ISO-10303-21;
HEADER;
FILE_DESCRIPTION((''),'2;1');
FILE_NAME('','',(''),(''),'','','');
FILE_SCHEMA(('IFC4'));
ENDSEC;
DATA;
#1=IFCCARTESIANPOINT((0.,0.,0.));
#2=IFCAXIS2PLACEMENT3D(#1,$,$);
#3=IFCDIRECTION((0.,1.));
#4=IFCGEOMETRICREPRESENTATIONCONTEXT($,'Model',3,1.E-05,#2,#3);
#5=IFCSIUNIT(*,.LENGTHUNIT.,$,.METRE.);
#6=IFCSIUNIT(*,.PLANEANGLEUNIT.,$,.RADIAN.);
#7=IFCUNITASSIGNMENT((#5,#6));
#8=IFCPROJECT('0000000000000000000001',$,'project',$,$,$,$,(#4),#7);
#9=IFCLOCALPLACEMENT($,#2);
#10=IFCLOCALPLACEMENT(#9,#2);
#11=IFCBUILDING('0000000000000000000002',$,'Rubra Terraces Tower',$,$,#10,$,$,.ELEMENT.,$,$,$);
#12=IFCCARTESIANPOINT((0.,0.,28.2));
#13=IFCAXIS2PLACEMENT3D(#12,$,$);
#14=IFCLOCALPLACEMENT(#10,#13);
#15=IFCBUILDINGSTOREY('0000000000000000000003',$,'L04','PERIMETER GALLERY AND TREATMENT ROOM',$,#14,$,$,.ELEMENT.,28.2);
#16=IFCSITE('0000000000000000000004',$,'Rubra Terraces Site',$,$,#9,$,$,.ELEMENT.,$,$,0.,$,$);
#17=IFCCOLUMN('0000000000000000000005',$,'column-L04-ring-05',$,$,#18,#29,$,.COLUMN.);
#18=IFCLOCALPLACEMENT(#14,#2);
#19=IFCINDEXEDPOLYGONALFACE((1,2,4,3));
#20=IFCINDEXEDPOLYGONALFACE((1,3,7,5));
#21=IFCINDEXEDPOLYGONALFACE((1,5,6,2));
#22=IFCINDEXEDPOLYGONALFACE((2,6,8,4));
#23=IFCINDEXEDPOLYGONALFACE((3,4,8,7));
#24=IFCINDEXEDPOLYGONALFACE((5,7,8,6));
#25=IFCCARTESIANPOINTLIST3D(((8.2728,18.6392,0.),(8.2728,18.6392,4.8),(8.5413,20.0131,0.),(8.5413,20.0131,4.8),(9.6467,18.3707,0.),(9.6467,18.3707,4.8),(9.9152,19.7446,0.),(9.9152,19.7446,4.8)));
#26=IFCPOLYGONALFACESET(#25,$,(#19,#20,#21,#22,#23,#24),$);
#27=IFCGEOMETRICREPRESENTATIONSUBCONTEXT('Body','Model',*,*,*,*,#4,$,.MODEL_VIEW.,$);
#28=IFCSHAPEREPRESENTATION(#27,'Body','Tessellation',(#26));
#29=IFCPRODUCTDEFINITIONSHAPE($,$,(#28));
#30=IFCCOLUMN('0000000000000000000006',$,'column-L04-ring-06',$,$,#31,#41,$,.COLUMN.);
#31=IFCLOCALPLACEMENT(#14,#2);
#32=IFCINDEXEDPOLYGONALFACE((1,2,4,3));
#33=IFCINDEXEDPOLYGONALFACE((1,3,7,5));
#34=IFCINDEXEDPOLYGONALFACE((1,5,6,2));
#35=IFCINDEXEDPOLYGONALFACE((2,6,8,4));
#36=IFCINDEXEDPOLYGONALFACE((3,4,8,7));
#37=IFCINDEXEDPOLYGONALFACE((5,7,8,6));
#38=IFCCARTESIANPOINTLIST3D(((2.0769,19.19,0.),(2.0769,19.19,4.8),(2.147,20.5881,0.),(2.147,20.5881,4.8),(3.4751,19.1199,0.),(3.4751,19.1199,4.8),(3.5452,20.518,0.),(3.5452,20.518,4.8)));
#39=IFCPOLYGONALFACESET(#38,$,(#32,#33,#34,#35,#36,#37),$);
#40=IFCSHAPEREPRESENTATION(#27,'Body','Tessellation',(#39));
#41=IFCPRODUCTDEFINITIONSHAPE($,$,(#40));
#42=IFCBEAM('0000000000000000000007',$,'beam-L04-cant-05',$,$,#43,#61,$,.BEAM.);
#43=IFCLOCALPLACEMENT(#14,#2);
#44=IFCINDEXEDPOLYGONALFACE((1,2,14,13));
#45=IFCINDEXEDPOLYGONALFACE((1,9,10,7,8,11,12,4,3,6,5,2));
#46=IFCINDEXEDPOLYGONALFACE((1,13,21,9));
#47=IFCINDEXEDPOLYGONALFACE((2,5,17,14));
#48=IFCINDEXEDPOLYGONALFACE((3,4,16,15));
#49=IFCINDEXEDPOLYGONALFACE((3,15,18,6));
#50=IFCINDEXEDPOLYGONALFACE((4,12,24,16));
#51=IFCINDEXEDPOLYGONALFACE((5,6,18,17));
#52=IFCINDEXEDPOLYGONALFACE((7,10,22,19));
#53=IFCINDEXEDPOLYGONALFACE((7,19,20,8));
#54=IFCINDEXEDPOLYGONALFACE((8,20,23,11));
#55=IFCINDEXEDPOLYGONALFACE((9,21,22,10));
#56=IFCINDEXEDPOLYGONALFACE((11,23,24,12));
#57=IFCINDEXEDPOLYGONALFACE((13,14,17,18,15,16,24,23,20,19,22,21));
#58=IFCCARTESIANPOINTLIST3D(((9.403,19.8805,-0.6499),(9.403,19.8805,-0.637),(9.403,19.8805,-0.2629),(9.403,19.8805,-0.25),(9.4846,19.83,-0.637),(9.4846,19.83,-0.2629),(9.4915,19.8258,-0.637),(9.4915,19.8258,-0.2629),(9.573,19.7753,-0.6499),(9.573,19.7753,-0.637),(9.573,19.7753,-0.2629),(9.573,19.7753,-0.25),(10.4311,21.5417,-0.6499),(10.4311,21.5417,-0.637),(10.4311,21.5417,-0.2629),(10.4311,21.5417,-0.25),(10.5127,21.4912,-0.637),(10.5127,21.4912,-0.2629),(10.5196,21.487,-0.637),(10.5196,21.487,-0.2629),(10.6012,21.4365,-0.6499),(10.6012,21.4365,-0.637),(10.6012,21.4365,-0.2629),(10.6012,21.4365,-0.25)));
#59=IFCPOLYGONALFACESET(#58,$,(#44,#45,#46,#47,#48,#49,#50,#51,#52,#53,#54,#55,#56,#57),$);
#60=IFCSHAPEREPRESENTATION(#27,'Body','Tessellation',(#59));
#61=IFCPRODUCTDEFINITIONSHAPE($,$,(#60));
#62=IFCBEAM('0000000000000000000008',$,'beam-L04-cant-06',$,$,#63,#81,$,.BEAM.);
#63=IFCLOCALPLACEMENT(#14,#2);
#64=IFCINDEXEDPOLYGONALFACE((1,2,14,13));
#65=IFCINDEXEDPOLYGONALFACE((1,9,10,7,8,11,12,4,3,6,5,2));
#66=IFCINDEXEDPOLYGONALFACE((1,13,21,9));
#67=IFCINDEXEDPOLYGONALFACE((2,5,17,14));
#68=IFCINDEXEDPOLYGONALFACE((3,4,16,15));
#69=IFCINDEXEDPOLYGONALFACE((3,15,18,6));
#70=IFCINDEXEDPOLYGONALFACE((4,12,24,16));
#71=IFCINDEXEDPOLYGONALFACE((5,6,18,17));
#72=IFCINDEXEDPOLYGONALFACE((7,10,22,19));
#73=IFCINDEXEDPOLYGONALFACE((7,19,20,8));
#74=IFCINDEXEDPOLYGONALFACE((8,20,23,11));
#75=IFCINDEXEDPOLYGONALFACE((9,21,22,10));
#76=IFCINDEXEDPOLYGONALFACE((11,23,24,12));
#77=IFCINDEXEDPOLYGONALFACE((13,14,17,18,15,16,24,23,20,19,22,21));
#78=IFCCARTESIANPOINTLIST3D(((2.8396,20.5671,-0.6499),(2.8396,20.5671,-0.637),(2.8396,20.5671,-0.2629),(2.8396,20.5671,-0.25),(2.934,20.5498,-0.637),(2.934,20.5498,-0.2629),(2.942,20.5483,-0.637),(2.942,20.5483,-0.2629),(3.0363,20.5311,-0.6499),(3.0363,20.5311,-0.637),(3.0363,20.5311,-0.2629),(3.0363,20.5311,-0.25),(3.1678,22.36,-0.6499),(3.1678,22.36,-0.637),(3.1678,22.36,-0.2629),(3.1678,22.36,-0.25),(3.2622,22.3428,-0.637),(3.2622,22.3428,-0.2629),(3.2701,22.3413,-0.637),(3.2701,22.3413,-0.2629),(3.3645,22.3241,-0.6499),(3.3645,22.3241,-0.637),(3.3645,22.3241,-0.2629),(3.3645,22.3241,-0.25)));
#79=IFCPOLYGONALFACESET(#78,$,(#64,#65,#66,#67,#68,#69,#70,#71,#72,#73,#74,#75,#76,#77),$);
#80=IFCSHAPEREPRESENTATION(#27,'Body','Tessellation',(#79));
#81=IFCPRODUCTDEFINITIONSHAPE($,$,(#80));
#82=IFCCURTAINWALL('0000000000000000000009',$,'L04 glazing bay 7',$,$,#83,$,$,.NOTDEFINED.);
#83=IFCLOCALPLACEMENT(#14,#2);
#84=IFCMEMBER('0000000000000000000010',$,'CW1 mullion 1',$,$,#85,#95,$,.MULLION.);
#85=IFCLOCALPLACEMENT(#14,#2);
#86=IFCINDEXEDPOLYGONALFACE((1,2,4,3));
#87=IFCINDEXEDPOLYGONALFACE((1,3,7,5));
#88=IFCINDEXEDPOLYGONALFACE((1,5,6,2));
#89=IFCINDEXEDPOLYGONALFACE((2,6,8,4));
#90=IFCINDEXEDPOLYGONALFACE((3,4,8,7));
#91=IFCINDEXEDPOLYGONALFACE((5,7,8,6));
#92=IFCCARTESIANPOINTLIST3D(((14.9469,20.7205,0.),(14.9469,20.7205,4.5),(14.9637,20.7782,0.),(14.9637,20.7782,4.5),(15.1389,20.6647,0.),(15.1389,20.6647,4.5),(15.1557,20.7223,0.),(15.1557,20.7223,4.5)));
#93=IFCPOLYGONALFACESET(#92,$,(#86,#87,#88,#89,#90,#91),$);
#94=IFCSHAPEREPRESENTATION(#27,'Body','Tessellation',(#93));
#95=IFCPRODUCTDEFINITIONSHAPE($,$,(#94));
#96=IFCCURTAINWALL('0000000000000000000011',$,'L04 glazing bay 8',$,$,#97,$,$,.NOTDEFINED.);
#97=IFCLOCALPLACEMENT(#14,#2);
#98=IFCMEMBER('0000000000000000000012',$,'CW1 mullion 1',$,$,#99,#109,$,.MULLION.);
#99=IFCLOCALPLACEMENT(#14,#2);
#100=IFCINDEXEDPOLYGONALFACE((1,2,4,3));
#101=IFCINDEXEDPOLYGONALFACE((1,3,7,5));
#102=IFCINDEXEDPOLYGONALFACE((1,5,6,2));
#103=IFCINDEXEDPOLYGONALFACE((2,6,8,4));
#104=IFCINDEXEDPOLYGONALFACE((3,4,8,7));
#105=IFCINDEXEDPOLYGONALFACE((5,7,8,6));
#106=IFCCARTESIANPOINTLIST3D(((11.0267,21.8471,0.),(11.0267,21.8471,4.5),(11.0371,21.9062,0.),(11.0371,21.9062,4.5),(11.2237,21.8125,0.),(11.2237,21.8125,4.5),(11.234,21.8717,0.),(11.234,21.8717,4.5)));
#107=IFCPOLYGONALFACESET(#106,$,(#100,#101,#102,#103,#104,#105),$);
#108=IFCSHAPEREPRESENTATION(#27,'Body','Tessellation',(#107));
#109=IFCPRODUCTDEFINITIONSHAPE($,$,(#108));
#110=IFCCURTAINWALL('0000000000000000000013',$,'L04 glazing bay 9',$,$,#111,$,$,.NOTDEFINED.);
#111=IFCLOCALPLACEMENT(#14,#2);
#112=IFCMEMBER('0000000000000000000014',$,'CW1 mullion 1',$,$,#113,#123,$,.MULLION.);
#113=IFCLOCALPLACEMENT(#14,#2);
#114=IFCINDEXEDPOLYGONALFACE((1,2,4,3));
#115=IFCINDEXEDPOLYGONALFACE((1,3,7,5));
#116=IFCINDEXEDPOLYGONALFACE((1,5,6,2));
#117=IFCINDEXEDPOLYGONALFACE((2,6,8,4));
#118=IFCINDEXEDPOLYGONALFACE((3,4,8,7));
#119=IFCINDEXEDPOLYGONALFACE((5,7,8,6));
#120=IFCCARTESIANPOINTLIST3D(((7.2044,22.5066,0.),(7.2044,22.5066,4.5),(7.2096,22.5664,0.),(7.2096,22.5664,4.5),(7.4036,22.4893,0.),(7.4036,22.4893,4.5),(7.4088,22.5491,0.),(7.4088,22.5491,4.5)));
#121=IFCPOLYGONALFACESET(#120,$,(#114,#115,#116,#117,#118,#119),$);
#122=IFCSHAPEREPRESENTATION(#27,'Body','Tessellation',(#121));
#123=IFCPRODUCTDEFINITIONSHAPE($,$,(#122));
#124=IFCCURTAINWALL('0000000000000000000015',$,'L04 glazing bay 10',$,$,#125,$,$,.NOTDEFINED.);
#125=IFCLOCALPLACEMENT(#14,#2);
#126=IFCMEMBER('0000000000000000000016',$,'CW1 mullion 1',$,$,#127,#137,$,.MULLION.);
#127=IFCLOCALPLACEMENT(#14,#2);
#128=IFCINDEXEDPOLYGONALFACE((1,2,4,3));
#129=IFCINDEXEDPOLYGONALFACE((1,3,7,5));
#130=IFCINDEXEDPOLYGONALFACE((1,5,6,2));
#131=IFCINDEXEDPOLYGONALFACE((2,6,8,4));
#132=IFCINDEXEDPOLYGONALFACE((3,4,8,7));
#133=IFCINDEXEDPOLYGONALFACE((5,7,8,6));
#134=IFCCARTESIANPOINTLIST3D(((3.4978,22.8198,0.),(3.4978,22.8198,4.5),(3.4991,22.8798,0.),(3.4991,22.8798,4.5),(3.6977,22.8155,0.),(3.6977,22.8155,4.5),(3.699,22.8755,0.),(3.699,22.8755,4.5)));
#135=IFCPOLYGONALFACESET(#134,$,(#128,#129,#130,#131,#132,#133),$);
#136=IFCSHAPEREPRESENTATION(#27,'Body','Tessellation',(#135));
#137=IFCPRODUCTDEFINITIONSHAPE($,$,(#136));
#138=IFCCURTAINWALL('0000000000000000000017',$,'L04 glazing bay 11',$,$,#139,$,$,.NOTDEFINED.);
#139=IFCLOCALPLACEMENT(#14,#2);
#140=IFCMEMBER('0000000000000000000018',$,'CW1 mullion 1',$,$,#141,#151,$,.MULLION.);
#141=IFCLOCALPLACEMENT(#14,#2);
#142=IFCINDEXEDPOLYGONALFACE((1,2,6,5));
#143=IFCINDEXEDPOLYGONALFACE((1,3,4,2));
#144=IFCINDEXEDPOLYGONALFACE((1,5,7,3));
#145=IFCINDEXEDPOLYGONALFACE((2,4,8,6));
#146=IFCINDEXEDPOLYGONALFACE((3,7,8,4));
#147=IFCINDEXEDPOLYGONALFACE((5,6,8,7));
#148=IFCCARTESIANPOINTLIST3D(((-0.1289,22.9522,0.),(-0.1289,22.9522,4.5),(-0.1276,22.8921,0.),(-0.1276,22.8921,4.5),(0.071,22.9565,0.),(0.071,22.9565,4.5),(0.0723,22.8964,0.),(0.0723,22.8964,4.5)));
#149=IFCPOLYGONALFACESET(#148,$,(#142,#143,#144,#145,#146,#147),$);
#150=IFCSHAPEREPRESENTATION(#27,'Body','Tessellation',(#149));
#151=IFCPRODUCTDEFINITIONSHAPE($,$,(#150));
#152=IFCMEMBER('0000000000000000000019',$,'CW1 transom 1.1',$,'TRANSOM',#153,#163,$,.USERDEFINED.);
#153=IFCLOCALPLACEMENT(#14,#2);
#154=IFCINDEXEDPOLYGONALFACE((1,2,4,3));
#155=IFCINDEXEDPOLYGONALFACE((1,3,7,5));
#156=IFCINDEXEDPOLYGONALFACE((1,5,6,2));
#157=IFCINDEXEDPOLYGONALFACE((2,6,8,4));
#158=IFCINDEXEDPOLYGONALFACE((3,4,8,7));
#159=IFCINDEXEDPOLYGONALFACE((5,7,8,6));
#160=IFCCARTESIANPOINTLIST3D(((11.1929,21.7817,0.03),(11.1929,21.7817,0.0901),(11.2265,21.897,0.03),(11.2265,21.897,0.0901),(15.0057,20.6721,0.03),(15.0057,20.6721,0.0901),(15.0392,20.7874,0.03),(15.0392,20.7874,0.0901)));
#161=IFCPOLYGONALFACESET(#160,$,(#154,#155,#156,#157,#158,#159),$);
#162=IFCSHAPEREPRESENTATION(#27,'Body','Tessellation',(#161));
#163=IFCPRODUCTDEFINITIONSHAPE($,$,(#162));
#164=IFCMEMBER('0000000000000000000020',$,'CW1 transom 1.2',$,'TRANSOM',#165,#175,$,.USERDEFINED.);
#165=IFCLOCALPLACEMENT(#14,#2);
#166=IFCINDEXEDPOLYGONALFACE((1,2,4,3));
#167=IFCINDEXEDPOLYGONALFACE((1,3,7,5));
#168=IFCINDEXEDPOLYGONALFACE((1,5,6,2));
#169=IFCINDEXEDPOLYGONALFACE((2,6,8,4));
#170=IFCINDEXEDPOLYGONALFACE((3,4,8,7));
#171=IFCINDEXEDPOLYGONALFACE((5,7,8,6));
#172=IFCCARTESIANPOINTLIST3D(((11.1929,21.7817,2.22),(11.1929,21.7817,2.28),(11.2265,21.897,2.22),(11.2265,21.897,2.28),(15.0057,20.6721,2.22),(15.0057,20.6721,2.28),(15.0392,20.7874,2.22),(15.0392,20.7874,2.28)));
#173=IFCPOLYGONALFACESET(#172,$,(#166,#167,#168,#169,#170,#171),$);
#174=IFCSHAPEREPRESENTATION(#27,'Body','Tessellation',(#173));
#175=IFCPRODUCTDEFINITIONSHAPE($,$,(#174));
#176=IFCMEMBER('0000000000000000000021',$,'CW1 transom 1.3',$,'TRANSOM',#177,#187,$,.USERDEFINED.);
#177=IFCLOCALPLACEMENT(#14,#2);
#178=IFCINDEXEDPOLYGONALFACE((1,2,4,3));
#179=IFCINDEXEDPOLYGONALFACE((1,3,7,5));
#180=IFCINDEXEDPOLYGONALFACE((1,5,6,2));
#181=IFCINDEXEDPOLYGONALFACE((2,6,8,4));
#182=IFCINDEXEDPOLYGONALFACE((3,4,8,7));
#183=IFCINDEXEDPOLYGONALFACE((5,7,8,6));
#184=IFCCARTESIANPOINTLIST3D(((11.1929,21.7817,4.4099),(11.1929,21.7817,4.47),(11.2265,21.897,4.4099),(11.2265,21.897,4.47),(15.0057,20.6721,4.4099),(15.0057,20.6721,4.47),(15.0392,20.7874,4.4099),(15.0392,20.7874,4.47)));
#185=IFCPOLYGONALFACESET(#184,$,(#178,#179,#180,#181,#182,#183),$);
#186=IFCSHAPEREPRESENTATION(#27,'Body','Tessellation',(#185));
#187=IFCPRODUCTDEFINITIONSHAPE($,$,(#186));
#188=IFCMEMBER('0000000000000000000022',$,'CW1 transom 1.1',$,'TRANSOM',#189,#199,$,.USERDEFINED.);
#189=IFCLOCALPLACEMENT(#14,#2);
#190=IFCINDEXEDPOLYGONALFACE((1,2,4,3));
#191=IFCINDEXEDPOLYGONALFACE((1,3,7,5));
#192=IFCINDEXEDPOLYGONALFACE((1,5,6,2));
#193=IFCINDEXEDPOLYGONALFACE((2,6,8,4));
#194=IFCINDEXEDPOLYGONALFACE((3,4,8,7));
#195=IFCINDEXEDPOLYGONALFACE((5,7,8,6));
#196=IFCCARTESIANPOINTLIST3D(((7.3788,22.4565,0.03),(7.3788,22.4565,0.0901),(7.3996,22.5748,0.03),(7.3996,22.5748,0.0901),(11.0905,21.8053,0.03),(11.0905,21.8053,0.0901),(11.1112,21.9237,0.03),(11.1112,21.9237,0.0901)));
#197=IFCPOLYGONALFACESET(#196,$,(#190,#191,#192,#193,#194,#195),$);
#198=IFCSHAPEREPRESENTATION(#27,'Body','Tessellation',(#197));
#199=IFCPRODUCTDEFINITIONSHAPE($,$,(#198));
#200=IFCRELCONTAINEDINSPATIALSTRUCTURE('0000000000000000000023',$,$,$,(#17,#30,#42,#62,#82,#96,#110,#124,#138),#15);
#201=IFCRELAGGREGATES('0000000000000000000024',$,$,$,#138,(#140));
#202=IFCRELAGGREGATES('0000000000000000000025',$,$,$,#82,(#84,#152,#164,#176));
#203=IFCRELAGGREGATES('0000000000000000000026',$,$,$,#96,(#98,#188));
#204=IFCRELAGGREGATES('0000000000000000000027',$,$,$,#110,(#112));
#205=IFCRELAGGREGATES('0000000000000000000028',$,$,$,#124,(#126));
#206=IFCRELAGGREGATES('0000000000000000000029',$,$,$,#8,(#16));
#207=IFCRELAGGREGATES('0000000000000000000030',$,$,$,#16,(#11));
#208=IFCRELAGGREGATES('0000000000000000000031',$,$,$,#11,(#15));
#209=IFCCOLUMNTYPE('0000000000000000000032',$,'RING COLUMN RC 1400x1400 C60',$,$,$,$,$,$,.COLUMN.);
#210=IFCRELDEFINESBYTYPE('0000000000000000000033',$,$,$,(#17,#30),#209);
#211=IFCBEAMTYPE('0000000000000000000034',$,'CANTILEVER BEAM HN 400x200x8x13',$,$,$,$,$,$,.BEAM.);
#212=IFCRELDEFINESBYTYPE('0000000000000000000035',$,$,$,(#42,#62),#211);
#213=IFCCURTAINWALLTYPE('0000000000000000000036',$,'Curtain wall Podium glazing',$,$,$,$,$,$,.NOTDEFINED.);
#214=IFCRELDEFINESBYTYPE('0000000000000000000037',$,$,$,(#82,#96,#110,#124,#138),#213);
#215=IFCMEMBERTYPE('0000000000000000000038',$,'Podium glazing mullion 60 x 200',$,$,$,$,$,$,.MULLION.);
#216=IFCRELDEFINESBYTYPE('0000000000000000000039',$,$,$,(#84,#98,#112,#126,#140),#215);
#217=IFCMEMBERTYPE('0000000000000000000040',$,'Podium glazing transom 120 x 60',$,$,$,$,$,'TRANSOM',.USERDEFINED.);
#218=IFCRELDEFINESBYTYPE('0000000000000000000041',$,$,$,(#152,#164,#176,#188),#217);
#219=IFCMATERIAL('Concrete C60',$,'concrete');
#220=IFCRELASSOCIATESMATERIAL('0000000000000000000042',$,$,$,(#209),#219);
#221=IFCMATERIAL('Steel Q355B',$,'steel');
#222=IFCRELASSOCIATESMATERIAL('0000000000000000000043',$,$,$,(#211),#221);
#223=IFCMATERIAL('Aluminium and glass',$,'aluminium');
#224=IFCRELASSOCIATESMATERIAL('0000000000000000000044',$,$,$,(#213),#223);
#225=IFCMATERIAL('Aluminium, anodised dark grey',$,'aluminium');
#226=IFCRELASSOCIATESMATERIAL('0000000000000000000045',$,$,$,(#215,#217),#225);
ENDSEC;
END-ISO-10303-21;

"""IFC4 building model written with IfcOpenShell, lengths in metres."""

from ifc_helpers import new_model, si_unit, direction, frame, origin, origin_2d, place, context, subcontext, project, spatial, rectangle, i_section, extrude, material, material_profile, profile_set, type_object, element, aggregate, save


model = new_model("IFC4")

# Units and contexts
model_context = context("Model", 3, precision=1e-05, world=origin(), true_north=direction((0.0, 1.0)))
body_context = subcontext(model_context, "Body", "Model", "MODEL_VIEW")
ifc_project = project(units=[si_unit("LENGTHUNIT", "METRE"), si_unit("PLANEANGLEUNIT", "RADIAN")], contexts=[model_context])

# Site, building, storey
site_placement = place(None, origin())
site = spatial("IfcSite", under=ifc_project, at=site_placement, Name="Rubra Terraces Site", CompositionType="ELEMENT", RefElevation=0.0)
building_placement = place(site_placement, origin())
building = spatial("IfcBuilding", under=site, at=building_placement, Name="Rubra Terraces Tower", CompositionType="ELEMENT")
storey_placement = place(building_placement, frame((0.0, 0.0, 28.2)))
storey = spatial("IfcBuildingStorey", under=building, at=storey_placement, Name="L04", Description="PERIMETER GALLERY AND TREATMENT ROOM", CompositionType="ELEMENT", Elevation=28.2)

# Columns
ifc_material_1 = material(Name="Concrete C60", Category="concrete")
ifc_material_profile_1 = material_profile(ifc_material_1, rectangle(XDim=1.3999, YDim=1.3999, at=origin_2d()), Name="RC 1400x1400")
ifc_profile_set_1 = profile_set([ifc_material_profile_1], Name="Concrete C60")
column_type = type_object("IfcColumnType", Name="RING COLUMN RC 1400x1400 C60", PredefinedType="COLUMN", material=ifc_profile_set_1)
for number, where, z_axis, x_axis, name in (
    (1, (9.094, 19.1919, 0.0), (0.0, 0.0, 1.0), (-0.98143, 0.191819, 0.0), "column-L04-ring-05"),
    (2, (2.811, 19.854, 0.0), (0.0, 0.0, 1.0), (-0.998745, 0.050084, 0.0), "column-L04-ring-06"),
):
    element("IfcColumn", number, at=place(storey_placement, frame(where, z_axis=z_axis, x_axis=x_axis)), inside=storey, type_object=column_type, Name=name, PredefinedType="COLUMN", context=body_context, shape_type="SweptSolid", body=[
        extrude(rectangle(XDim=1.3999, YDim=1.3999, at=origin_2d()), origin(), (0.0, 0.0, 1.0), 4.8),
    ])

# Beams
ifc_material_2 = material(Name="Steel Q355B", Category="steel")
ifc_material_profile_2 = material_profile(ifc_material_2, i_section(OverallWidth=0.2, OverallDepth=0.3999, WebThickness=0.0081, FlangeThickness=0.0129, at=origin_2d()), Name="HN 400x200x8x13")
ifc_profile_set_2 = profile_set([ifc_material_profile_2], Name="Steel Q355B")
beam_type_1 = type_object("IfcBeamType", Name="CANTILEVER BEAM HN 400x200x8x13", PredefinedType="BEAM", material=ifc_profile_set_2)
beam_1_placement = place(storey_placement, frame((9.488, 19.8279, -0.45), z_axis=(0.526264, 0.850321, 0.0), x_axis=(-0.850321, 0.526264, 0.0)))
element("IfcBeam", 3, at=beam_1_placement, inside=storey, type_object=beam_type_1, Name="beam-L04-cant-05", PredefinedType="BEAM", context=body_context, shape_type="SweptSolid", body=[
    extrude(i_section(OverallWidth=0.2, OverallDepth=0.3999, WebThickness=0.0081, FlangeThickness=0.0129, at=origin_2d()), origin(), (0.0, 0.0, 1.0), 1.9536),
])
beam_2_placement = place(storey_placement, frame((2.938, 20.5491, -0.45), z_axis=(0.180017, 0.983664, 0.0), x_axis=(-0.983664, 0.180017, 0.0)))
element("IfcBeam", 4, at=beam_2_placement, inside=storey, type_object=beam_type_1, Name="beam-L04-cant-06", PredefinedType="BEAM", context=body_context, shape_type="SweptSolid", body=[
    extrude(i_section(OverallWidth=0.2, OverallDepth=0.3999, WebThickness=0.0081, FlangeThickness=0.0129, at=origin_2d()), origin(), (0.0, 0.0, 1.0), 1.8228),
])

# Curtain walls, members
ifc_material_3 = material(Name="Aluminium and glass", Category="aluminium")
curtain_wall_type = type_object("IfcCurtainWallType", Name="Curtain wall Podium glazing", PredefinedType="NOTDEFINED", material=ifc_material_3)
curtain_wall_1_placement = place(storey_placement, origin())
curtain_wall_1 = element("IfcCurtainWall", 5, at=curtain_wall_1_placement, inside=storey, type_object=curtain_wall_type, Name="L04 glazing bay 7", PredefinedType="NOTDEFINED")
ifc_material_4 = material(Name="Aluminium, anodised dark grey", Category="aluminium")
ifc_material_profile_3 = material_profile(ifc_material_4, rectangle(XDim=0.0601, YDim=0.2, at=origin_2d()), Name="AL 60x200")
ifc_profile_set_3 = profile_set([ifc_material_profile_3], Name="Aluminium, anodised dark grey")
member_type_1 = type_object("IfcMemberType", Name="Podium glazing mullion 60 x 200", PredefinedType="MULLION", material=ifc_profile_set_3)
member_1_placement = place(storey_placement, frame((15.0513, 20.7214, 0.0), z_axis=(0.0, 0.0, 1.0), x_axis=(-0.279399, -0.960175, 0.0)))
member_1 = element("IfcMember", 6, at=member_1_placement, type_object=member_type_1, Name="CW1 mullion 1", PredefinedType="MULLION", context=body_context, shape_type="SweptSolid", body=[
    extrude(rectangle(XDim=0.0601, YDim=0.2, at=origin_2d()), origin(), (0.0, 0.0, 1.0), 4.5),
])
curtain_wall_2_placement = place(storey_placement, origin())
curtain_wall_2 = element("IfcCurtainWall", 7, at=curtain_wall_2_placement, inside=storey, type_object=curtain_wall_type, Name="L04 glazing bay 8", PredefinedType="NOTDEFINED")
member_2_placement = place(storey_placement, frame((11.1304, 21.8594, 0.0), z_axis=(0.0, 0.0, 1.0), x_axis=(-0.172817, -0.984954, 0.0)))
member_2 = element("IfcMember", 8, at=member_2_placement, type_object=member_type_1, Name="CW1 mullion 1", PredefinedType="MULLION", context=body_context, shape_type="SweptSolid", body=[
    extrude(rectangle(XDim=0.0601, YDim=0.2, at=origin_2d()), origin(), (0.0, 0.0, 1.0), 4.5),
])
curtain_wall_3_placement = place(storey_placement, origin())
curtain_wall_3 = element("IfcCurtainWall", 9, at=curtain_wall_3_placement, inside=storey, type_object=curtain_wall_type, Name="L04 glazing bay 9", PredefinedType="NOTDEFINED")
member_3_placement = place(storey_placement, frame((7.3066, 22.5278, 0.0), z_axis=(0.0, 0.0, 1.0), x_axis=(-0.086398, -0.996261, 0.0)))
member_3 = element("IfcMember", 10, at=member_3_placement, type_object=member_type_1, Name="CW1 mullion 1", PredefinedType="MULLION", context=body_context, shape_type="SweptSolid", body=[
    extrude(rectangle(XDim=0.0601, YDim=0.2, at=origin_2d()), origin(), (0.0, 0.0, 1.0), 4.5),
])
curtain_wall_4_placement = place(storey_placement, origin())
curtain_wall_4 = element("IfcCurtainWall", 11, at=curtain_wall_4_placement, inside=storey, type_object=curtain_wall_type, Name="L04 glazing bay 10", PredefinedType="NOTDEFINED")
member_4_placement = place(storey_placement, frame((3.5984, 22.8477, 0.0), z_axis=(0.0, 0.0, 1.0), x_axis=(-0.021483, -0.999769, 0.0)))
member_4 = element("IfcMember", 12, at=member_4_placement, type_object=member_type_1, Name="CW1 mullion 1", PredefinedType="MULLION", context=body_context, shape_type="SweptSolid", body=[
    extrude(rectangle(XDim=0.0601, YDim=0.2, at=origin_2d()), origin(), (0.0, 0.0, 1.0), 4.5),
])
curtain_wall_5_placement = place(storey_placement, origin())
curtain_wall_5 = element("IfcCurtainWall", 13, at=curtain_wall_5_placement, inside=storey, type_object=curtain_wall_type, Name="L04 glazing bay 11", PredefinedType="NOTDEFINED")
member_5_placement = place(storey_placement, frame((-0.0283, 22.9243, 0.0), z_axis=(0.0, 0.0, 1.0), x_axis=(0.021483, -0.999769, 0.0)))
member_5 = element("IfcMember", 14, at=member_5_placement, type_object=member_type_1, Name="CW1 mullion 1", PredefinedType="MULLION", context=body_context, shape_type="SweptSolid", body=[
    extrude(rectangle(XDim=0.0601, YDim=0.2, at=origin_2d()), origin(), (0.0, 0.0, 1.0), 4.5),
])

# Members
ifc_material_profile_4 = material_profile(ifc_material_4, rectangle(XDim=0.1201, YDim=0.0601, at=origin_2d()), Name="AL 120x60")
ifc_profile_set_4 = profile_set([ifc_material_profile_4], Name="Aluminium, anodised dark grey")
member_type_2 = type_object("IfcMemberType", Name="Podium glazing transom 120 x 60", ElementType="TRANSOM", PredefinedType="USERDEFINED", material=ifc_profile_set_4)
member_6_placement = place(storey_placement, frame((15.0225, 20.7297, 0.0601), z_axis=(-0.960164, 0.279436, 0.0), x_axis=(-0.279436, -0.960164, 0.0)))
member_6 = element("IfcMember", 15, at=member_6_placement, type_object=member_type_2, Name="CW1 transom 1.1", ObjectType="TRANSOM", PredefinedType="USERDEFINED", context=body_context, shape_type="SweptSolid", body=[
    extrude(rectangle(XDim=0.1201, YDim=0.0601, at=origin_2d()), origin(), (0.0, 0.0, 1.0), 3.9709),
])
member_7_placement = place(storey_placement, frame((15.0225, 20.7297, 2.25), z_axis=(-0.960164, 0.279436, 0.0), x_axis=(-0.279436, -0.960164, 0.0)))
member_7 = element("IfcMember", 16, at=member_7_placement, type_object=member_type_2, Name="CW1 transom 1.2", ObjectType="TRANSOM", PredefinedType="USERDEFINED", context=body_context, shape_type="SweptSolid", body=[
    extrude(rectangle(XDim=0.1201, YDim=0.0601, at=origin_2d()), origin(), (0.0, 0.0, 1.0), 3.9709),
])
member_8_placement = place(storey_placement, frame((15.0225, 20.7297, 4.4399), z_axis=(-0.960164, 0.279436, 0.0), x_axis=(-0.279436, -0.960164, 0.0)))
member_8 = element("IfcMember", 17, at=member_8_placement, type_object=member_type_2, Name="CW1 transom 1.3", ObjectType="TRANSOM", PredefinedType="USERDEFINED", context=body_context, shape_type="SweptSolid", body=[
    extrude(rectangle(XDim=0.1201, YDim=0.0601, at=origin_2d()), origin(), (0.0, 0.0, 1.0), 3.9709),
])
member_9_placement = place(storey_placement, frame((11.1008, 21.8645, 0.0601), z_axis=(-0.984959, 0.172787, 0.0), x_axis=(-0.172787, -0.984959, 0.0)))
member_9 = element("IfcMember", 18, at=member_9_placement, type_object=member_type_2, Name="CW1 transom 1.1", ObjectType="TRANSOM", PredefinedType="USERDEFINED", context=body_context, shape_type="SweptSolid", body=[
    extrude(rectangle(XDim=0.1201, YDim=0.0601, at=origin_2d()), origin(), (0.0, 0.0, 1.0), 3.7683),
])
aggregate(curtain_wall_5, [member_5])

aggregate(curtain_wall_1, [member_1, member_6, member_7, member_8])
aggregate(curtain_wall_2, [member_2, member_9])
aggregate(curtain_wall_3, [member_3])
aggregate(curtain_wall_4, [member_4])

save(model, "model.ifc")
